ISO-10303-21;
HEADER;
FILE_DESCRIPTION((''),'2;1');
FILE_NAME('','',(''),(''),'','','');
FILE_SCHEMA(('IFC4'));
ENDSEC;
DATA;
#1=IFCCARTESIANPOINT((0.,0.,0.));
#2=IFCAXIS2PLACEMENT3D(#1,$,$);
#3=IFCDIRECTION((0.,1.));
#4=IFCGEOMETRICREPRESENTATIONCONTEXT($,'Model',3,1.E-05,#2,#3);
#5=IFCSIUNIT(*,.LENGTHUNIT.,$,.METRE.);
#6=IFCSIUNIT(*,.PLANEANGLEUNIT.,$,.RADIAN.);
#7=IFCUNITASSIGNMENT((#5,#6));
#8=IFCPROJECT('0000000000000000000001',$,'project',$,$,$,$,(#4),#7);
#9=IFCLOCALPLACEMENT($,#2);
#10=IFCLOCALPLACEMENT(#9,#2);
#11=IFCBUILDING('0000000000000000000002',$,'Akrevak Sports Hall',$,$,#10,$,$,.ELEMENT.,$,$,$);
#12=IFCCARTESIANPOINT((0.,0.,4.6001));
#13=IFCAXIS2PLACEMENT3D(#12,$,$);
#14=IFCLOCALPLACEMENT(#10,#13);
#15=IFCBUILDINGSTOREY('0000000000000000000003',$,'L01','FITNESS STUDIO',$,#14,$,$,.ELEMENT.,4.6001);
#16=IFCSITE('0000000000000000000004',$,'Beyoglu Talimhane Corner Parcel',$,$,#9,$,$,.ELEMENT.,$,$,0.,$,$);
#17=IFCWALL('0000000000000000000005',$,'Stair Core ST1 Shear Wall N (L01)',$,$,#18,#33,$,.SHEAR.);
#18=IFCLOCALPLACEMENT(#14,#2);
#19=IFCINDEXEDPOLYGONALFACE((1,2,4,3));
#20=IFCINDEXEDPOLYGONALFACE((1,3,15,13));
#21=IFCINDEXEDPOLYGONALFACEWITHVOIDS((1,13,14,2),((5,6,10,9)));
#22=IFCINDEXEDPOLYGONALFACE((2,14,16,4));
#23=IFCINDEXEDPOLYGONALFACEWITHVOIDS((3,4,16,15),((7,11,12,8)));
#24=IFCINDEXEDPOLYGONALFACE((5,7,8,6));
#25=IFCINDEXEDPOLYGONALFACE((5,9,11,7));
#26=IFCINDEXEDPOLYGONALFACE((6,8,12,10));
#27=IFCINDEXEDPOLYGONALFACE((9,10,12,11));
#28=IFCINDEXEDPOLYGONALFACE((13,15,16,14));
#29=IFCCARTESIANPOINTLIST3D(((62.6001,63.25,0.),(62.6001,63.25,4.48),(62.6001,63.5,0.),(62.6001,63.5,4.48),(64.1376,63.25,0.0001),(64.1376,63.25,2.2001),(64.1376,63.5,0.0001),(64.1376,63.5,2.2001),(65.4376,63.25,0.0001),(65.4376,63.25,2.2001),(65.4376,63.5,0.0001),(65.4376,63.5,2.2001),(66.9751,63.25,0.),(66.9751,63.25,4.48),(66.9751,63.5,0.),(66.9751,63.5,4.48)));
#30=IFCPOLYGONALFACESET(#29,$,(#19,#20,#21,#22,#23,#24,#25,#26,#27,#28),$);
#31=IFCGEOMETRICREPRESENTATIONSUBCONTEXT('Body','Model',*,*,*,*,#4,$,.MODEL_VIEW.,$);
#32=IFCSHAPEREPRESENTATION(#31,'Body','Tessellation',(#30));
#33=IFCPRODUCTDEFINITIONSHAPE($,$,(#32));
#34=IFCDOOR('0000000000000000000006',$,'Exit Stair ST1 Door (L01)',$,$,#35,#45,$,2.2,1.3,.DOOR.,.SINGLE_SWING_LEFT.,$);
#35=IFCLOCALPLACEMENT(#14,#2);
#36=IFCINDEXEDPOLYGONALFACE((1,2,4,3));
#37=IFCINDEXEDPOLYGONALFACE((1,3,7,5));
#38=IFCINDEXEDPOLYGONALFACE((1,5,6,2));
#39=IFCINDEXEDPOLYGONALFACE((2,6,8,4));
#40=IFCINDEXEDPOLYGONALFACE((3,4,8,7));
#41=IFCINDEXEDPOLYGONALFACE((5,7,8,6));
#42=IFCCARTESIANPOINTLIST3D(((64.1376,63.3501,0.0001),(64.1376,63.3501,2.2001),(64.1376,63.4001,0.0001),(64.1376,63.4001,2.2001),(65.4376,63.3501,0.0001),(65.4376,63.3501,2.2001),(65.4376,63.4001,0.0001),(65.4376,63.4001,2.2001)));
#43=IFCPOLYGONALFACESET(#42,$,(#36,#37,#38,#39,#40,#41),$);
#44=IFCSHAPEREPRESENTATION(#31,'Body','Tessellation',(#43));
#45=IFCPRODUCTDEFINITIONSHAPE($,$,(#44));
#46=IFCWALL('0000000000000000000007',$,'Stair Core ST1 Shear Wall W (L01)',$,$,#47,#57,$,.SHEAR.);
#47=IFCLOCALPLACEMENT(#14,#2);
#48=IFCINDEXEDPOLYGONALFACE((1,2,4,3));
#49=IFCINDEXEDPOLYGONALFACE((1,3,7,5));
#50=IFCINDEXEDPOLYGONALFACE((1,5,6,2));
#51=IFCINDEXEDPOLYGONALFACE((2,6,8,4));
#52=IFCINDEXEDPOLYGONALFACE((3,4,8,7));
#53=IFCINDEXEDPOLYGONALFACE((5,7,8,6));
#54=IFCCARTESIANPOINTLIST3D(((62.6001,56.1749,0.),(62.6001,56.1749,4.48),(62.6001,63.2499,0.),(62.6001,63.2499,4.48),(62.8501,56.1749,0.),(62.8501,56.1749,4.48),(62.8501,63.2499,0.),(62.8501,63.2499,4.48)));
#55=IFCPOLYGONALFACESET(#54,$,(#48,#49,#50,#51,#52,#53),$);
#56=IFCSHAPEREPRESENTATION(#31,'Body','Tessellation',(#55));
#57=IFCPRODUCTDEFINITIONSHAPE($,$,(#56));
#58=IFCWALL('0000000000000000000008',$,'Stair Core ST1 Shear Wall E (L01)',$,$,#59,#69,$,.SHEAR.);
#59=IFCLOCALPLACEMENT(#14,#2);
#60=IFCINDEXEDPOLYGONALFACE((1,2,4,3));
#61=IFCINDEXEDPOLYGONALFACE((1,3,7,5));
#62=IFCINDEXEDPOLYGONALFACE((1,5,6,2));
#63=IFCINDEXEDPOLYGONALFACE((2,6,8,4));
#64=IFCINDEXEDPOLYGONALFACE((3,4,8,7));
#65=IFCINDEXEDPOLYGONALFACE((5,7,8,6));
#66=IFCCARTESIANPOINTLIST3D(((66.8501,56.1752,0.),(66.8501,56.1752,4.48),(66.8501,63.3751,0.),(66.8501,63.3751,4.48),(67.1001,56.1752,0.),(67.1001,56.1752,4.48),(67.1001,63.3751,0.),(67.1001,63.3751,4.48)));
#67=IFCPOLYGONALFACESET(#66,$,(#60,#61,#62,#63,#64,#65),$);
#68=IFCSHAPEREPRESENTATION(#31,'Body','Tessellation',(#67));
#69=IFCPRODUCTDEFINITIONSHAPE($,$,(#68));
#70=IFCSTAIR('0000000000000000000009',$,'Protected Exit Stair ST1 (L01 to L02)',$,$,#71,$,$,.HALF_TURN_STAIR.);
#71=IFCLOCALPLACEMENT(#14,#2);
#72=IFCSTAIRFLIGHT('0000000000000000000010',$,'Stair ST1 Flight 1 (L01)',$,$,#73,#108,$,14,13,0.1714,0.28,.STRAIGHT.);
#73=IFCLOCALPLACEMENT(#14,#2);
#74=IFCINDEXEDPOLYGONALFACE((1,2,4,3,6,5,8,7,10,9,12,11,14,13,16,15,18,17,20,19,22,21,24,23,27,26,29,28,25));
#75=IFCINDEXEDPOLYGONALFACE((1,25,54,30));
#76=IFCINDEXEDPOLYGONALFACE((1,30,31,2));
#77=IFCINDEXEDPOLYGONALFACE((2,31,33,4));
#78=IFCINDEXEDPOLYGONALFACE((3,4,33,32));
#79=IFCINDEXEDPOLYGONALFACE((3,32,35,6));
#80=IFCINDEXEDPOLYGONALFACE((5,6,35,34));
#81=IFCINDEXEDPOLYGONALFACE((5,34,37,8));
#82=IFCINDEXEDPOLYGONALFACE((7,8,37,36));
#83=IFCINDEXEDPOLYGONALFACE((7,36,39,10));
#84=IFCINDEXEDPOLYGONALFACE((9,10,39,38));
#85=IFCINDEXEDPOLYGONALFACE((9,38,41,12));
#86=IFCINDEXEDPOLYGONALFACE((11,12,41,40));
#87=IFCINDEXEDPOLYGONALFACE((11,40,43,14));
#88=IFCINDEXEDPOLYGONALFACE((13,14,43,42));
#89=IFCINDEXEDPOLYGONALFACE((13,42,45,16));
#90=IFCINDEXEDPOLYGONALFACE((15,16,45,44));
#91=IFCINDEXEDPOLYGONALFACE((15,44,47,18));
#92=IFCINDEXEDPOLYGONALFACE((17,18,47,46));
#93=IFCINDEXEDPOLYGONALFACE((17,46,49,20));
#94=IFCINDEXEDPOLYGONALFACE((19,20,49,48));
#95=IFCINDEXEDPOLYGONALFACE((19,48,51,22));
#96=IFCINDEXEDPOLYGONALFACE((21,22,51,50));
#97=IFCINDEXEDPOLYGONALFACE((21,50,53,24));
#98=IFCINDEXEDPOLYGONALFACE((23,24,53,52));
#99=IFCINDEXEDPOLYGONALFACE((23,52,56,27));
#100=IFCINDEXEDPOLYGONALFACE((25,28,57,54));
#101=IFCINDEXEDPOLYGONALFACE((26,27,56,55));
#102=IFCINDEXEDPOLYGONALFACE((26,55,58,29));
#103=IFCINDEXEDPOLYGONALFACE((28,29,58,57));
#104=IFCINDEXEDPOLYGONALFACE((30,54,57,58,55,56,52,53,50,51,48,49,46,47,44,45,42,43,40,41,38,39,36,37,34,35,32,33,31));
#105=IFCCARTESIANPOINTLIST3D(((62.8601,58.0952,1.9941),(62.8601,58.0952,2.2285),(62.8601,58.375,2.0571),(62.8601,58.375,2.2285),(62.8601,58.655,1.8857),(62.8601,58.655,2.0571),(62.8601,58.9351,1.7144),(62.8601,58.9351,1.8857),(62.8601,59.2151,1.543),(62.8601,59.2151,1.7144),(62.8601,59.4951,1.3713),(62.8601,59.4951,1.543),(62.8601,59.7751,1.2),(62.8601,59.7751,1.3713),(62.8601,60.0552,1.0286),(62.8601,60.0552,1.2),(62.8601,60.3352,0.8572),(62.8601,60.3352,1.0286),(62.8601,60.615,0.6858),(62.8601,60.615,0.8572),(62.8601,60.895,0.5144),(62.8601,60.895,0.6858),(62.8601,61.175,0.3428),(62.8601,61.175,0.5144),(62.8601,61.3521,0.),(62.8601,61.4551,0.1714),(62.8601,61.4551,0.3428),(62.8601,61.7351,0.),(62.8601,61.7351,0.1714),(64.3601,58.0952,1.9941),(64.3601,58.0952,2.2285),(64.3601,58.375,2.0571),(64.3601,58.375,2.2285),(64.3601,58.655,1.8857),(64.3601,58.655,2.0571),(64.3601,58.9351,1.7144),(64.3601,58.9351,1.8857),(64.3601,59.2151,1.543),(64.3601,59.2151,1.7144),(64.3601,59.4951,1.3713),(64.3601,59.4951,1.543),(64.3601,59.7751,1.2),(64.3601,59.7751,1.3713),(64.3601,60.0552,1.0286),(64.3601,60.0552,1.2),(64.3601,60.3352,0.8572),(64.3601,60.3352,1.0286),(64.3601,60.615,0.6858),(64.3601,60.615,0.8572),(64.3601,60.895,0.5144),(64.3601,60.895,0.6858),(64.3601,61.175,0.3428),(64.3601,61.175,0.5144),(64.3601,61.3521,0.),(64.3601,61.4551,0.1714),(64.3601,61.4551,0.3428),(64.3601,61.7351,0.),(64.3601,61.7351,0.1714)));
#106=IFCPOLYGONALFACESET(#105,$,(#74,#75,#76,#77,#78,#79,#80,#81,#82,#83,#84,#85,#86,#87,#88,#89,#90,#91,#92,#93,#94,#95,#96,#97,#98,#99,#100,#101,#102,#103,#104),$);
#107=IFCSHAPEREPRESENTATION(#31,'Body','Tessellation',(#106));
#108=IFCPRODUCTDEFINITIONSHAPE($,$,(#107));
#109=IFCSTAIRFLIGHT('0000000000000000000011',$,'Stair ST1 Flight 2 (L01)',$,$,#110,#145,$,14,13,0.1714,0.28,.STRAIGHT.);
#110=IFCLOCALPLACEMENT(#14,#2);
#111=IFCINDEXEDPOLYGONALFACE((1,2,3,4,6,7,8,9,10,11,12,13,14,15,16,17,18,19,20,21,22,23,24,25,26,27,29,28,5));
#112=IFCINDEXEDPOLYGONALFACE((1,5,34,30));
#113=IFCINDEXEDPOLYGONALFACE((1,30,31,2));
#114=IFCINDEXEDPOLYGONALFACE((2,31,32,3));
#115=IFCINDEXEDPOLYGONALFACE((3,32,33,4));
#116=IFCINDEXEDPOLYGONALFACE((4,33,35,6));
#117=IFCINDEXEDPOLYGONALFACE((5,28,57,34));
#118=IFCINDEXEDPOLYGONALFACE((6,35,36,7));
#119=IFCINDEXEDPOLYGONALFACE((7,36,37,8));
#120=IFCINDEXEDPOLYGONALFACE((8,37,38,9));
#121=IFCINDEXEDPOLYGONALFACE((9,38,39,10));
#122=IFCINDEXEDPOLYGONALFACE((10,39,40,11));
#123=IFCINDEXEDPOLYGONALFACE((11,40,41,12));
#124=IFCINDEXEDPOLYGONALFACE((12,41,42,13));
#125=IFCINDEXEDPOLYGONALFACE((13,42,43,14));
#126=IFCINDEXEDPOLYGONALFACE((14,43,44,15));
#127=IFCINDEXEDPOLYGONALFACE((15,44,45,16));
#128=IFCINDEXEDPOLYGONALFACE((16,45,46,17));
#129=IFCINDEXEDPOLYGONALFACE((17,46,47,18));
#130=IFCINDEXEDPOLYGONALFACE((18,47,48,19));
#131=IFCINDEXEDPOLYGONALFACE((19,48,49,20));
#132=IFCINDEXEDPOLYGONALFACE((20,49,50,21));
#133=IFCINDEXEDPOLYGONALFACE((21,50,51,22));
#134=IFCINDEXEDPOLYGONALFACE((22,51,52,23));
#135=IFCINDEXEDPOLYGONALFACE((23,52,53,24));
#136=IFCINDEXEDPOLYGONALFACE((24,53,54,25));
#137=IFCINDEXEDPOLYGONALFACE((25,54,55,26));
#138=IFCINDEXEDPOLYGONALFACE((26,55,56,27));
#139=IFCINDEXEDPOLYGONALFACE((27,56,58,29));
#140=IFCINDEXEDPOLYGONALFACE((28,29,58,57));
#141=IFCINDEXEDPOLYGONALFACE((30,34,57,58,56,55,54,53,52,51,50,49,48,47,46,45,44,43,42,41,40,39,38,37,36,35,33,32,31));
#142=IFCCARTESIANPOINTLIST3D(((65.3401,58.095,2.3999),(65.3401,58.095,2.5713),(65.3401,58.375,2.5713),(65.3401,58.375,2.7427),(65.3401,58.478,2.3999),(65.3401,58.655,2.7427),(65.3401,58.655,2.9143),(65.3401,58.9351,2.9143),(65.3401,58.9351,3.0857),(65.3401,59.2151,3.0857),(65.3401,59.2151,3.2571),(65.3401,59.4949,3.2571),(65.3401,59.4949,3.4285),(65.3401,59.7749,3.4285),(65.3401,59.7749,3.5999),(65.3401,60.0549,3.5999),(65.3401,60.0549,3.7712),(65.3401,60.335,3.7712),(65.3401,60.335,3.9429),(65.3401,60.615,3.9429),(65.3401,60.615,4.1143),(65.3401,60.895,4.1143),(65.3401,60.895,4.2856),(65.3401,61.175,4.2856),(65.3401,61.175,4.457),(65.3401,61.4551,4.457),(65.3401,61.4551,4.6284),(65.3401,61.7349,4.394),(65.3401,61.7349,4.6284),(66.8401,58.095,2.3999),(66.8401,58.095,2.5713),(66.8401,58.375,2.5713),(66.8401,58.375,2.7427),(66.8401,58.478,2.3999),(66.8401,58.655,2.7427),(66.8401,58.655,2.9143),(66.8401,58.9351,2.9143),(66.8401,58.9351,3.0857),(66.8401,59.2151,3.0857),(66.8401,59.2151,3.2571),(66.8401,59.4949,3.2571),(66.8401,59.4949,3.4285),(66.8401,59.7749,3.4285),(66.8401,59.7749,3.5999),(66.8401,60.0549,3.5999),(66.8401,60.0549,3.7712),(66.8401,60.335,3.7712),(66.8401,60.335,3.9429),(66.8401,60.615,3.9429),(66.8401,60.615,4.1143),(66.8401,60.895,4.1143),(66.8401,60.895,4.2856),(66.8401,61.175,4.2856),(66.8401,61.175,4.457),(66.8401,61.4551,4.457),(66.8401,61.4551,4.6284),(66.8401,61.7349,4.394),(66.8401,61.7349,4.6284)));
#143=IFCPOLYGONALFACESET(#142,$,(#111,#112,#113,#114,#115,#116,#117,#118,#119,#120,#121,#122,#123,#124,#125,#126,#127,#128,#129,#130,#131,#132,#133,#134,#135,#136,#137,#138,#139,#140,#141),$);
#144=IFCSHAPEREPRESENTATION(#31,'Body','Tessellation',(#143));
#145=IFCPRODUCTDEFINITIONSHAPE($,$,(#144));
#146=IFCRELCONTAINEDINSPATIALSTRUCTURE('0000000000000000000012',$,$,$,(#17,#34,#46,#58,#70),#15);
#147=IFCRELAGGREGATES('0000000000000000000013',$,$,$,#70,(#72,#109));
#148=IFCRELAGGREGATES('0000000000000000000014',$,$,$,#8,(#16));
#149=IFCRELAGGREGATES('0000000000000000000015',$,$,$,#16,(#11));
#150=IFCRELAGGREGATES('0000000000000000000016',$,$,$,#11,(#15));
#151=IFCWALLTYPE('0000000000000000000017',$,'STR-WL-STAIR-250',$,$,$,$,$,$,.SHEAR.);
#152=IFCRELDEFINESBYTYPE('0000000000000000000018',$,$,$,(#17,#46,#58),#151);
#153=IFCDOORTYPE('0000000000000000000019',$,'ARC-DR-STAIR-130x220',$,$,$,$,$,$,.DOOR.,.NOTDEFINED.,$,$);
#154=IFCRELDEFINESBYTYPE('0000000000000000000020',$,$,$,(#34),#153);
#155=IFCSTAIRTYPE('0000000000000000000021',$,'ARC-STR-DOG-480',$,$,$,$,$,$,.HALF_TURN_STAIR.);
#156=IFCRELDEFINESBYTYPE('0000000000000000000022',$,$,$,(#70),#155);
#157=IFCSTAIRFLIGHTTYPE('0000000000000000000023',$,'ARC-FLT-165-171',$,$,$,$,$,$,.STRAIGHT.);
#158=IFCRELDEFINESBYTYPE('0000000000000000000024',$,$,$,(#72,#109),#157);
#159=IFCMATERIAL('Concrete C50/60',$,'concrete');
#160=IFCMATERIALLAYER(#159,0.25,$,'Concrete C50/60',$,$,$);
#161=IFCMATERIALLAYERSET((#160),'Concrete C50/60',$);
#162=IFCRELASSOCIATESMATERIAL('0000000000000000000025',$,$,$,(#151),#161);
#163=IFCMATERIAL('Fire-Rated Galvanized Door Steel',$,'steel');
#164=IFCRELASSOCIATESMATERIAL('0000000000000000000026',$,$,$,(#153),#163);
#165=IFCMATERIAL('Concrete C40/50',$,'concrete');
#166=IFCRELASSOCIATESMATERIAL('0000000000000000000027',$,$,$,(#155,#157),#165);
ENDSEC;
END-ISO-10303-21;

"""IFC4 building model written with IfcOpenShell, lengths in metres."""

from ifc_helpers import new_model, si_unit, direction, frame, frame_2d, origin, place, context, subcontext, project, spatial, polyline, rectangle, outline, extrude, material, layer, layer_set, type_object, element, fill, aggregate, save


model = new_model("IFC4")

# Units and contexts
model_context = context("Model", 3, precision=1e-05, world=origin(), true_north=direction((0.0, 1.0)))
body_context = subcontext(model_context, "Body", "Model", "MODEL_VIEW")
ifc_project = project(units=[si_unit("LENGTHUNIT", "METRE"), si_unit("PLANEANGLEUNIT", "RADIAN")], contexts=[model_context])

# Site, building, storey
site_placement = place(None, origin())
site = spatial("IfcSite", under=ifc_project, at=site_placement, Name="Beyoglu Talimhane Corner Parcel", CompositionType="ELEMENT", RefElevation=0.0)
building_placement = place(site_placement, origin())
building = spatial("IfcBuilding", under=site, at=building_placement, Name="Akrevak Sports Hall", CompositionType="ELEMENT")
storey_placement = place(building_placement, frame((0.0, 0.0, 4.6001)))
storey = spatial("IfcBuildingStorey", under=building, at=storey_placement, Name="L01", Description="FITNESS STUDIO", CompositionType="ELEMENT", Elevation=4.6001)

# Shared definitions
ifc_material_1 = material(Name="Concrete C50/60", Category="concrete")

# Shared definitions
ifc_material_2 = material(Name="Concrete C40/50", Category="concrete")

# Shared definitions
ifc_material_3 = material(Name="Fire-Rated Galvanized Door Steel", Category="steel")

# Shared definitions
ifc_layer_1 = layer(ifc_material_1, 0.25, Name="Concrete C50/60")
ifc_layer_set_1 = layer_set([ifc_layer_1], Name="Concrete C50/60")
wall_type_1 = type_object("IfcWallType", Name="STR-WL-STAIR-250", PredefinedType="SHEAR", material=ifc_layer_set_1)

# Wall, opening, door
wall_1_placement = place(storey_placement, frame((66.9751, 63.375, 0.0), z_axis=(0.0, 0.0, 1.0), x_axis=(-1.0, 0.0, 0.0)))
wall_1 = element("IfcWall", 1, at=wall_1_placement, inside=storey, type_object=wall_type_1, Name="Stair Core ST1 Shear Wall N (L01)", PredefinedType="SHEAR", context=body_context, shape_type="SweptSolid", body=[
    extrude(rectangle(XDim=4.375, YDim=0.25, at=frame_2d((2.1875, 0.0))), origin(), (0.0, 0.0, 1.0), 4.48),
])
opening_1_placement = place(wall_1_placement, frame((1.5376, 0.0, 0.0)))
opening_1 = element("IfcOpeningElement", 2, at=opening_1_placement, cuts=wall_1, PredefinedType="OPENING", context=body_context, shape_type="SweptSolid", body=[
    extrude(rectangle(XDim=1.3, YDim=2.2, at=frame_2d((0.6499, 1.1001))), frame((0.0, 0.137, 0.0), z_axis=(0.0, -1.0, 0.0), x_axis=(1.0, 0.0, 0.0)), (0.0, 0.0, 1.0), 0.2739),
])
door_type_1 = type_object("IfcDoorType", Name="ARC-DR-STAIR-130x220", OperationType="NOTDEFINED", PredefinedType="DOOR", material=ifc_material_3)
door_1_placement = place(opening_1_placement, origin())
door_1 = element("IfcDoor", 3, at=door_1_placement, inside=storey, type_object=door_type_1, Name="Exit Stair ST1 Door (L01)", OperationType="SINGLE_SWING_LEFT", OverallHeight=2.2, OverallWidth=1.3, PredefinedType="DOOR", context=body_context, shape_type="SweptSolid", body=[
    extrude(rectangle(XDim=1.3, YDim=2.2, at=frame_2d((0.6499, 1.1001))), frame((0.0, 0.0249, 0.0), z_axis=(0.0, -1.0, 0.0), x_axis=(1.0, 0.0, 0.0)), (0.0, 0.0, 1.0), 0.05),
])
fill(opening_1, door_1)

# Walls
wall_2_placement = place(storey_placement, frame((62.7251, 63.25, 0.0), z_axis=(0.0, 0.0, 1.0), x_axis=(0.0, -1.0, 0.0)))
element("IfcWall", 4, at=wall_2_placement, inside=storey, type_object=wall_type_1, Name="Stair Core ST1 Shear Wall W (L01)", PredefinedType="SHEAR", context=body_context, shape_type="SweptSolid", body=[
    extrude(rectangle(XDim=7.075, YDim=0.25, at=frame_2d((3.5376, 0.0))), origin(), (0.0, 0.0, 1.0), 4.48),
])
wall_3_placement = place(storey_placement, frame((66.9751, 56.175, 0.0), z_axis=(0.0, 0.0, 1.0), x_axis=(0.0, 1.0, 0.0)))
element("IfcWall", 5, at=wall_3_placement, inside=storey, type_object=wall_type_1, Name="Stair Core ST1 Shear Wall E (L01)", PredefinedType="SHEAR", context=body_context, shape_type="SweptSolid", body=[
    extrude(rectangle(XDim=7.2, YDim=0.25, at=frame_2d((3.6001, 0.0))), origin(), (0.0, 0.0, 1.0), 4.48),
])

# Stair, stair flights
stair_type = type_object("IfcStairType", Name="ARC-STR-DOG-480", PredefinedType="HALF_TURN_STAIR", material=ifc_material_2)
stair_placement = place(storey_placement, origin())
stair = element("IfcStair", 6, at=stair_placement, inside=storey, type_object=stair_type, Name="Protected Exit Stair ST1 (L01 to L02)", PredefinedType="HALF_TURN_STAIR")
stair_flight_type = type_object("IfcStairFlightType", Name="ARC-FLT-165-171", PredefinedType="STRAIGHT", material=ifc_material_2)
stair_flight_1_placement = place(storey_placement, frame((63.6101, 61.7351, 0.0), z_axis=(0.0, 0.0, 1.0), x_axis=(0.0, -1.0, 0.0)))
stair_flight_1 = element("IfcStairFlight", 7, at=stair_flight_1_placement, type_object=stair_flight_type, Name="Stair ST1 Flight 1 (L01)", NumberOfRisers=14, NumberOfTreads=13, PredefinedType="STRAIGHT", RiserHeight=0.1714, TreadLength=0.28, context=body_context, shape_type="SweptSolid", body=[
    extrude(outline(polyline([(0.0, 0.0), (0.0, 0.1714), (0.28, 0.1714), (0.28, 0.3428), (0.5601, 0.3428), (0.5601, 0.5144), (0.8401, 0.5144), (0.8401, 0.6858), (1.1201, 0.6858), (1.1201, 0.8572), (1.3999, 0.8572), (1.3999, 1.0286), (1.6799, 1.0286), (1.6799, 1.2), (1.96, 1.2), (1.96, 1.3713), (2.24, 1.3713), (2.24, 1.543), (2.52, 1.543), (2.52, 1.7144), (2.8, 1.7144), (2.8, 1.8857), (3.0801, 1.8857), (3.0801, 2.0571), (3.3601, 2.0571), (3.3601, 2.2285), (3.6399, 2.2285), (3.6399, 2.3999), (3.6399, 1.9941), (0.3831, 0.0), (0.0, 0.0)])), frame((0.0, 0.75, 0.0), z_axis=(0.0, -1.0, 0.0), x_axis=(1.0, 0.0, 0.0)), (0.0, 0.0, 1.0), 1.5),
])
stair_flight_2_placement = place(storey_placement, frame((66.0901, 58.095, 2.3999), z_axis=(0.0, 0.0, 1.0), x_axis=(0.0, 1.0, 0.0)))
stair_flight_2 = element("IfcStairFlight", 8, at=stair_flight_2_placement, type_object=stair_flight_type, Name="Stair ST1 Flight 2 (L01)", NumberOfRisers=14, NumberOfTreads=13, PredefinedType="STRAIGHT", RiserHeight=0.1714, TreadLength=0.28, context=body_context, shape_type="SweptSolid", body=[
    extrude(outline(polyline([(0.0, 0.0), (0.0, 0.1714), (0.28, 0.1714), (0.28, 0.3428), (0.5601, 0.3428), (0.5601, 0.5144), (0.8401, 0.5144), (0.8401, 0.6858), (1.1201, 0.6858), (1.1201, 0.8572), (1.3999, 0.8572), (1.3999, 1.0286), (1.6799, 1.0286), (1.6799, 1.2), (1.96, 1.2), (1.96, 1.3713), (2.24, 1.3713), (2.24, 1.543), (2.52, 1.543), (2.52, 1.7144), (2.8, 1.7144), (2.8, 1.8857), (3.0801, 1.8857), (3.0801, 2.0571), (3.3601, 2.0571), (3.3601, 2.2285), (3.6399, 2.2285), (3.6399, 2.3999), (3.6399, 1.9941), (0.3831, 0.0), (0.0, 0.0)])), frame((0.0, 0.75, 0.0), z_axis=(0.0, -1.0, 0.0), x_axis=(1.0, 0.0, 0.0)), (0.0, 0.0, 1.0), 1.5),
])
aggregate(stair, [stair_flight_1, stair_flight_2])

save(model, "model.ifc")
